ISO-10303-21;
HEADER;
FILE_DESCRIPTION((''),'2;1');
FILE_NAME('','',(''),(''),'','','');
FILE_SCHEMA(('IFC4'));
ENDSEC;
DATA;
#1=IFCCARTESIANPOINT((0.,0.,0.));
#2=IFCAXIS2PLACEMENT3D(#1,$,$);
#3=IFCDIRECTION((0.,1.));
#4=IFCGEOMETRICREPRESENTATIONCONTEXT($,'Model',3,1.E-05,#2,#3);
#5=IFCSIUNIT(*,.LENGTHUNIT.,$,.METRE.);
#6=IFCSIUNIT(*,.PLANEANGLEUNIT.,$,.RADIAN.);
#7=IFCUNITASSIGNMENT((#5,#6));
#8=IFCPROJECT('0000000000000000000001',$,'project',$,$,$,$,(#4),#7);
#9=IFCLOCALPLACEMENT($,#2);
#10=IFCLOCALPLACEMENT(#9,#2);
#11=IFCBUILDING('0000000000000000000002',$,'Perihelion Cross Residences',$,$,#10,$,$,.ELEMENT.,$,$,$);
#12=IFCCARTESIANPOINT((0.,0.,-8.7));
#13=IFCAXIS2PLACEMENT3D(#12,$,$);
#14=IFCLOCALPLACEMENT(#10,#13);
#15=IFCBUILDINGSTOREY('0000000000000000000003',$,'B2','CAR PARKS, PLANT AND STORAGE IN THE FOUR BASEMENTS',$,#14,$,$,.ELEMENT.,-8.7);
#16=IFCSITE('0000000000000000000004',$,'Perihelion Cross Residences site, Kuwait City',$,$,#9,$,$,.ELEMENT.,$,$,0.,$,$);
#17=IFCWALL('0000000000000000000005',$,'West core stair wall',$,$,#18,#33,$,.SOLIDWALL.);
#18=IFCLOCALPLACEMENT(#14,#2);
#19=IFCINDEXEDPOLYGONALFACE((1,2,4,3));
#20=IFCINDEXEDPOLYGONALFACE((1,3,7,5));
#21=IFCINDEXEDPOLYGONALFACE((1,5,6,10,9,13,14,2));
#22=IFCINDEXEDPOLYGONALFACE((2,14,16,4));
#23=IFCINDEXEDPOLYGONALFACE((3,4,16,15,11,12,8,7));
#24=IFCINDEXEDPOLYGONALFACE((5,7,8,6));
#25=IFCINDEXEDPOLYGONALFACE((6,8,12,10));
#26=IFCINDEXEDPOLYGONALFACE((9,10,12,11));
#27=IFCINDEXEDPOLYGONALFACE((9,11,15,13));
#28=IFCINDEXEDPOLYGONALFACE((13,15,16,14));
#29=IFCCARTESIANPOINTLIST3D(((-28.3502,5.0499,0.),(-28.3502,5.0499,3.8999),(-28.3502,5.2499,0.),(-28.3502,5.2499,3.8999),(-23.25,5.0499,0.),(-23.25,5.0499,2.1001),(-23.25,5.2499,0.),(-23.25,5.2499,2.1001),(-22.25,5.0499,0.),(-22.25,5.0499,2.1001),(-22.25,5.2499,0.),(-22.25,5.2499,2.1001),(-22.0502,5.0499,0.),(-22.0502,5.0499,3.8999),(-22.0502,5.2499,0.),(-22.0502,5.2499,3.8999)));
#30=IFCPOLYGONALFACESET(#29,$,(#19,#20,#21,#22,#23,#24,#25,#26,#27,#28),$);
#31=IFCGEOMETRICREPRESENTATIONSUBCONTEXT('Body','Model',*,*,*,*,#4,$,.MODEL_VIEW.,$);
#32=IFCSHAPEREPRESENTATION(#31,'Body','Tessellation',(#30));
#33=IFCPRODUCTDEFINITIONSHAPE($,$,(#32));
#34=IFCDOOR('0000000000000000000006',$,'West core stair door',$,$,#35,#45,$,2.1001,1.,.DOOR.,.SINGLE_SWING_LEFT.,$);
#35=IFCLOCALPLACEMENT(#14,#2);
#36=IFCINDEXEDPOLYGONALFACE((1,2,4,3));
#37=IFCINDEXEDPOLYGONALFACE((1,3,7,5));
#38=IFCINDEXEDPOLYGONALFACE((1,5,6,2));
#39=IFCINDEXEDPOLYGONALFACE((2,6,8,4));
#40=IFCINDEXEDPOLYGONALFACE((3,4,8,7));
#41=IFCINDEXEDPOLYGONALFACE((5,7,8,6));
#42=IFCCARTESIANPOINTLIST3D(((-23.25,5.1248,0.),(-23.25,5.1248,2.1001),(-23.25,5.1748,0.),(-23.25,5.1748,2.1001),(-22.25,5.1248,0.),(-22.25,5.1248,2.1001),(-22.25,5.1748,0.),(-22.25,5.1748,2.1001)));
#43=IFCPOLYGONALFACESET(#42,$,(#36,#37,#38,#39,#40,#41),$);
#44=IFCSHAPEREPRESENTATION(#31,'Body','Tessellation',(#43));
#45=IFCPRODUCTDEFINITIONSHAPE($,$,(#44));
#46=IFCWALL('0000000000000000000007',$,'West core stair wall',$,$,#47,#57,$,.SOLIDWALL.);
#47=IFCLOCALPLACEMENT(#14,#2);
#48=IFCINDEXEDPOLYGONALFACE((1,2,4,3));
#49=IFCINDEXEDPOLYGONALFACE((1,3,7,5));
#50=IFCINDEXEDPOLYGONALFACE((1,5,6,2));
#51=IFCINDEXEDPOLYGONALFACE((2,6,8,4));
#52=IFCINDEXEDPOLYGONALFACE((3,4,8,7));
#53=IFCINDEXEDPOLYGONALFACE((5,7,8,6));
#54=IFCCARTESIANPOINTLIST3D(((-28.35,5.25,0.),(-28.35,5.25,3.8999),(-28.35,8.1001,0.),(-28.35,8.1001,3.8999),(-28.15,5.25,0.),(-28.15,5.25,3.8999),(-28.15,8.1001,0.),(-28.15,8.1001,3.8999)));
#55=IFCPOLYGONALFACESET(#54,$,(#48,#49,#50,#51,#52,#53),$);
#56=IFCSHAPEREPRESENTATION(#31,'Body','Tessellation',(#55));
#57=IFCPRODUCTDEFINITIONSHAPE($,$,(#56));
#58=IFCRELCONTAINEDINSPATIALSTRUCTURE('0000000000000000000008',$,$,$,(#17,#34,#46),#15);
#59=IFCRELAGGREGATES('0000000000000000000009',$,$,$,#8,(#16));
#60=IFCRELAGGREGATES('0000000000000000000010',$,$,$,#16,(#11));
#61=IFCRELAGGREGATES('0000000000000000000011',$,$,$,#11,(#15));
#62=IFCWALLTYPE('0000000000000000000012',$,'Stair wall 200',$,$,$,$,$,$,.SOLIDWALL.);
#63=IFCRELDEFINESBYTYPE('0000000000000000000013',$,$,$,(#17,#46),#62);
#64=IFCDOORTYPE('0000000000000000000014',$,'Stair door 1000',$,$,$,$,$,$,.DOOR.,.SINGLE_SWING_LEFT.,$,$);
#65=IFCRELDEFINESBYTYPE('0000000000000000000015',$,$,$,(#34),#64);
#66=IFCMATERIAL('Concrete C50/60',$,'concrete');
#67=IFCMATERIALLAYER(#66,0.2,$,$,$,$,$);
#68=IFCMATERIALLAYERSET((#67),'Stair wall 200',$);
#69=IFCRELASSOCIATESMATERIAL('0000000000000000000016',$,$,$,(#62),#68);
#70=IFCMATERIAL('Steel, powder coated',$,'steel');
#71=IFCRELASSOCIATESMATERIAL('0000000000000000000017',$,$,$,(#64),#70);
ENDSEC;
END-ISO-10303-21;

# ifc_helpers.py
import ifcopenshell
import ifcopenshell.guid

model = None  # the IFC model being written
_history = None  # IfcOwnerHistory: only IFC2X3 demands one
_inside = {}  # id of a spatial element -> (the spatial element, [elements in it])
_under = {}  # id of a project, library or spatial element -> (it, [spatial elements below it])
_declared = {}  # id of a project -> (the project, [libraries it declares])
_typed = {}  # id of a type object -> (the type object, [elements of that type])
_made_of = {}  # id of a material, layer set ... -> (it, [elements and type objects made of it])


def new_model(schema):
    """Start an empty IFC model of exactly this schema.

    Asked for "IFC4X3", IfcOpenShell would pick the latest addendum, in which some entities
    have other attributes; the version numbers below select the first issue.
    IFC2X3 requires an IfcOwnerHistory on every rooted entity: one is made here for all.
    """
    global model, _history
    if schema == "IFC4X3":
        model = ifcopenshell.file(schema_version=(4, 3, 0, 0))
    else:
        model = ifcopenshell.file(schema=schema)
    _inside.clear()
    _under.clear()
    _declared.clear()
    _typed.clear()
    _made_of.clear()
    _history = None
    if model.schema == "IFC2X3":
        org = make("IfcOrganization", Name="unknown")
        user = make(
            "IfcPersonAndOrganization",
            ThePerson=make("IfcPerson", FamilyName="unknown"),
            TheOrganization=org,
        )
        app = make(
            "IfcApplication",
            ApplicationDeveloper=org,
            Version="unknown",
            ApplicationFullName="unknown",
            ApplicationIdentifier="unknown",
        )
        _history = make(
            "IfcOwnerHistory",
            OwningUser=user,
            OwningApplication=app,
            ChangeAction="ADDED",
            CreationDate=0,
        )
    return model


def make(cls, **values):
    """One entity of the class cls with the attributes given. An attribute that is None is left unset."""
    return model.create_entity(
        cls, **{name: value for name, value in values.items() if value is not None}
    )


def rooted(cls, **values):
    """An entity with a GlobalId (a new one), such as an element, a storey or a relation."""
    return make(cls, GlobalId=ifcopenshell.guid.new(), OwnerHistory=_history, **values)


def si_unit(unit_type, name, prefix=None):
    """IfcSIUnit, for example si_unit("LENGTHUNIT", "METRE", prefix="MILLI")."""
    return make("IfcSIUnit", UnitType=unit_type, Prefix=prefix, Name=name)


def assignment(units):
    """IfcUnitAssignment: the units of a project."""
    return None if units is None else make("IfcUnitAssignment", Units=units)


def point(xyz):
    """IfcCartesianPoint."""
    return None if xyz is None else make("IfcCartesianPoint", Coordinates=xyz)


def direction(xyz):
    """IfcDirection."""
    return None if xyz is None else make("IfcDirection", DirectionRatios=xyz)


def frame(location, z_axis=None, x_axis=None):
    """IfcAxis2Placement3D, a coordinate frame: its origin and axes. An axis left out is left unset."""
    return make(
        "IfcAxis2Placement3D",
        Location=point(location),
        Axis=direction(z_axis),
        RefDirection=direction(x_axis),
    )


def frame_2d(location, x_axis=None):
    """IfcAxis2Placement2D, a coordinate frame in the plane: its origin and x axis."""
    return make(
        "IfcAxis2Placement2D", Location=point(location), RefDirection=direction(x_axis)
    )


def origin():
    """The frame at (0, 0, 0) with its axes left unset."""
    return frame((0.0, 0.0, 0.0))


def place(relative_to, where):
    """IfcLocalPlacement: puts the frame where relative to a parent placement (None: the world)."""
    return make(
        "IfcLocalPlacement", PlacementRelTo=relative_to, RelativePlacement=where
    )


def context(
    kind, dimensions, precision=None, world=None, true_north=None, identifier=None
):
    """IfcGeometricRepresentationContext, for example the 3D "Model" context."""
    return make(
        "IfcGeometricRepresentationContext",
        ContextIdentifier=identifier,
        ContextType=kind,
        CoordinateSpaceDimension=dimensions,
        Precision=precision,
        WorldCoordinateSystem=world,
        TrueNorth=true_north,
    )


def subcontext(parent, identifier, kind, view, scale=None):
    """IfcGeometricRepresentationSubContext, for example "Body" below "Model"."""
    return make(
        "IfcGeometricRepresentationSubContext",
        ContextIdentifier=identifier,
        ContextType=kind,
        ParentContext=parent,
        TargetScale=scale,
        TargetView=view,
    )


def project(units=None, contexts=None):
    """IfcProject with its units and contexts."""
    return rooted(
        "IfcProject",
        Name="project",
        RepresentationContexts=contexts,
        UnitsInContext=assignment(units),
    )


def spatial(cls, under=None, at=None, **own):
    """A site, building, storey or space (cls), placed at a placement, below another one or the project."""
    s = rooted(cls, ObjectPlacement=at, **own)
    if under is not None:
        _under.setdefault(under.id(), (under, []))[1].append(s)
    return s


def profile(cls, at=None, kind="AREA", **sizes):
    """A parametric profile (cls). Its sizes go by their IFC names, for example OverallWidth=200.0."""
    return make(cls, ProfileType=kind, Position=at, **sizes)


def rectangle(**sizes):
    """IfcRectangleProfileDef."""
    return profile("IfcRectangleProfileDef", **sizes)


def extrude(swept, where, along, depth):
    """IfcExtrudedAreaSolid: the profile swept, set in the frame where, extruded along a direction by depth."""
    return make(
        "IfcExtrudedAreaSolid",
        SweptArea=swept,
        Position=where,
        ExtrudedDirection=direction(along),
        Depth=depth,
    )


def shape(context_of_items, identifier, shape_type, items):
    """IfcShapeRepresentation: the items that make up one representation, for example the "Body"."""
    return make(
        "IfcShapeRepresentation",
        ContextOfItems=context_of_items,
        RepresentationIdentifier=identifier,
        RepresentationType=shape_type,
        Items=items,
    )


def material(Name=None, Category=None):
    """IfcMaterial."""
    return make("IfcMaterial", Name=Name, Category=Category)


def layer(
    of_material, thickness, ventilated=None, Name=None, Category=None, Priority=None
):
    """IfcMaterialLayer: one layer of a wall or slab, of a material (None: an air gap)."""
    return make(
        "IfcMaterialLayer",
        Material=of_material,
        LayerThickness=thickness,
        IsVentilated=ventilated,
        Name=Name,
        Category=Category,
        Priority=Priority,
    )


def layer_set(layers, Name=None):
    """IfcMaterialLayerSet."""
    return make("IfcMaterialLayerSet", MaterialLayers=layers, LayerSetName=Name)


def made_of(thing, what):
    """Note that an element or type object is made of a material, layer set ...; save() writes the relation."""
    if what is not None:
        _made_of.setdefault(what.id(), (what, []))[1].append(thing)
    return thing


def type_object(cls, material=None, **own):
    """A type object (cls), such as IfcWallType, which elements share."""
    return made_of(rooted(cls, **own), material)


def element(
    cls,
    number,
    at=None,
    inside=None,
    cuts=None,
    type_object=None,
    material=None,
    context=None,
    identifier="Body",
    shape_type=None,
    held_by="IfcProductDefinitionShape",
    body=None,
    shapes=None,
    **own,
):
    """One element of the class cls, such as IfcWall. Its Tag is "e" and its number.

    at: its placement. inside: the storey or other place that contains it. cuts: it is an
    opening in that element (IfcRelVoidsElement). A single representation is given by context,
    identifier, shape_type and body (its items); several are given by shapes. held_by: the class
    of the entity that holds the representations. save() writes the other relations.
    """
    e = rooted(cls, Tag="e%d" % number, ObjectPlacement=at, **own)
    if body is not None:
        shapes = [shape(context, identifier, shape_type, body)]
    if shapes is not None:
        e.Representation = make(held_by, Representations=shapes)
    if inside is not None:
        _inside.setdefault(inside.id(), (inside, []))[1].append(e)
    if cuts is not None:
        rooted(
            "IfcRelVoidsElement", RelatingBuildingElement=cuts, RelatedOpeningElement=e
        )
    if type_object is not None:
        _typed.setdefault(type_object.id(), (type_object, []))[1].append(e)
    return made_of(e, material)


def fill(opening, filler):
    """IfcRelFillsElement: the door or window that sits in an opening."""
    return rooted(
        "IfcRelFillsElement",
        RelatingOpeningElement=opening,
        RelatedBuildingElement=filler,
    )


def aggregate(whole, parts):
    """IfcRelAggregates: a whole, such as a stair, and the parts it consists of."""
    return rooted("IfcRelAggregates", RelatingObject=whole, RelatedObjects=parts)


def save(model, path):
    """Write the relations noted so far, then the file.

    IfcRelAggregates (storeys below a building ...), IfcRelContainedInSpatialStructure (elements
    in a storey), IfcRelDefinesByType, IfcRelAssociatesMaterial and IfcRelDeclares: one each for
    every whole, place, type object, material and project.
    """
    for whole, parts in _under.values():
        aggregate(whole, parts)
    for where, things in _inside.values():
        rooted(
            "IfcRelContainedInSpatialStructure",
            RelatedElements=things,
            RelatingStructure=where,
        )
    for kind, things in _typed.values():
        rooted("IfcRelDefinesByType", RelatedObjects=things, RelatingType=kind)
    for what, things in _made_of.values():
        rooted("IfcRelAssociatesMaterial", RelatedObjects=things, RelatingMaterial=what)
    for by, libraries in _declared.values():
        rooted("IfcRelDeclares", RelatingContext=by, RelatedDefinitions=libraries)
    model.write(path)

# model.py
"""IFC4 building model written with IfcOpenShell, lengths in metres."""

from ifc_helpers import new_model, si_unit, direction, frame, frame_2d, origin, place, context, subcontext, project, spatial, rectangle, extrude, material, layer, layer_set, type_object, element, fill, save


model = new_model("IFC4")

# Units and contexts
model_context = context("Model", 3, precision=1e-05, world=origin(), true_north=direction((0.0, 1.0)))
body_context = subcontext(model_context, "Body", "Model", "MODEL_VIEW")
ifc_project = project(units=[si_unit("LENGTHUNIT", "METRE"), si_unit("PLANEANGLEUNIT", "RADIAN")], contexts=[model_context])

# Site, building, storey
site_placement = place(None, origin())
site = spatial("IfcSite", under=ifc_project, at=site_placement, Name="Perihelion Cross Residences site, Kuwait City", CompositionType="ELEMENT", RefElevation=0.0)
building_placement = place(site_placement, origin())
building = spatial("IfcBuilding", under=site, at=building_placement, Name="Perihelion Cross Residences", CompositionType="ELEMENT")
storey_placement = place(building_placement, frame((0.0, 0.0, -8.7)))
storey = spatial("IfcBuildingStorey", under=building, at=storey_placement, Name="B2", Description="CAR PARKS, PLANT AND STORAGE IN THE FOUR BASEMENTS", CompositionType="ELEMENT", Elevation=-8.7)

# Wall, opening, door
ifc_material_1 = material(Name="Concrete C50/60", Category="concrete")
ifc_layer_1 = layer(ifc_material_1, 0.2)
ifc_layer_set_1 = layer_set([ifc_layer_1], Name="Stair wall 200")
wall_type_1 = type_object("IfcWallType", Name="Stair wall 200", PredefinedType="SOLIDWALL", material=ifc_layer_set_1)
wall_1_placement = place(storey_placement, frame((-28.3501, 5.1499, 0.0), z_axis=(0.0, 0.0, 1.0), x_axis=(1.0, 0.0, 0.0)))
wall_1 = element("IfcWall", 1, at=wall_1_placement, inside=storey, type_object=wall_type_1, Name="West core stair wall", PredefinedType="SOLIDWALL", context=body_context, shape_type="SweptSolid", body=[
    extrude(rectangle(XDim=6.3, YDim=0.2, at=frame_2d((3.1499, 0.0))), origin(), (0.0, 0.0, 1.0), 3.8999),
])
opening_1_placement = place(wall_1_placement, frame((5.1001, 0.0, 0.0)))
opening_1 = element("IfcOpeningElement", 2, at=opening_1_placement, cuts=wall_1, PredefinedType="OPENING", context=body_context, shape_type="SweptSolid", body=[
    extrude(rectangle(XDim=1.0, YDim=2.1001, at=frame_2d((0.5, 1.05))), frame((0.0, 0.1099, 0.0), z_axis=(0.0, -1.0, 0.0), x_axis=(1.0, 0.0, 0.0)), (0.0, 0.0, 1.0), 0.22),
])
ifc_material_2 = material(Name="Steel, powder coated", Category="steel")
door_type_1 = type_object("IfcDoorType", Name="Stair door 1000", OperationType="SINGLE_SWING_LEFT", PredefinedType="DOOR", material=ifc_material_2)
door_1_placement = place(opening_1_placement, origin())
door_1 = element("IfcDoor", 3, at=door_1_placement, inside=storey, type_object=door_type_1, Name="West core stair door", OperationType="SINGLE_SWING_LEFT", OverallHeight=2.1001, OverallWidth=1.0, PredefinedType="DOOR", context=body_context, shape_type="SweptSolid", body=[
    extrude(rectangle(XDim=1.0, YDim=2.1001, at=frame_2d((0.5, 1.05))), frame((0.0, 0.0249, 0.0), z_axis=(0.0, -1.0, 0.0), x_axis=(1.0, 0.0, 0.0)), (0.0, 0.0, 1.0), 0.05),
])
fill(opening_1, door_1)

# Wall
wall_2_placement = place(storey_placement, frame((-28.25, 5.25, 0.0), z_axis=(0.0, 0.0, 1.0), x_axis=(0.0, 1.0, 0.0)))
element("IfcWall", 4, at=wall_2_placement, inside=storey, type_object=wall_type_1, Name="West core stair wall", PredefinedType="SOLIDWALL", context=body_context, shape_type="SweptSolid", body=[
    extrude(rectangle(XDim=2.8501, YDim=0.2, at=frame_2d((1.425, 0.0))), origin(), (0.0, 0.0, 1.0), 3.8999),
])

save(model, "model.ifc")
